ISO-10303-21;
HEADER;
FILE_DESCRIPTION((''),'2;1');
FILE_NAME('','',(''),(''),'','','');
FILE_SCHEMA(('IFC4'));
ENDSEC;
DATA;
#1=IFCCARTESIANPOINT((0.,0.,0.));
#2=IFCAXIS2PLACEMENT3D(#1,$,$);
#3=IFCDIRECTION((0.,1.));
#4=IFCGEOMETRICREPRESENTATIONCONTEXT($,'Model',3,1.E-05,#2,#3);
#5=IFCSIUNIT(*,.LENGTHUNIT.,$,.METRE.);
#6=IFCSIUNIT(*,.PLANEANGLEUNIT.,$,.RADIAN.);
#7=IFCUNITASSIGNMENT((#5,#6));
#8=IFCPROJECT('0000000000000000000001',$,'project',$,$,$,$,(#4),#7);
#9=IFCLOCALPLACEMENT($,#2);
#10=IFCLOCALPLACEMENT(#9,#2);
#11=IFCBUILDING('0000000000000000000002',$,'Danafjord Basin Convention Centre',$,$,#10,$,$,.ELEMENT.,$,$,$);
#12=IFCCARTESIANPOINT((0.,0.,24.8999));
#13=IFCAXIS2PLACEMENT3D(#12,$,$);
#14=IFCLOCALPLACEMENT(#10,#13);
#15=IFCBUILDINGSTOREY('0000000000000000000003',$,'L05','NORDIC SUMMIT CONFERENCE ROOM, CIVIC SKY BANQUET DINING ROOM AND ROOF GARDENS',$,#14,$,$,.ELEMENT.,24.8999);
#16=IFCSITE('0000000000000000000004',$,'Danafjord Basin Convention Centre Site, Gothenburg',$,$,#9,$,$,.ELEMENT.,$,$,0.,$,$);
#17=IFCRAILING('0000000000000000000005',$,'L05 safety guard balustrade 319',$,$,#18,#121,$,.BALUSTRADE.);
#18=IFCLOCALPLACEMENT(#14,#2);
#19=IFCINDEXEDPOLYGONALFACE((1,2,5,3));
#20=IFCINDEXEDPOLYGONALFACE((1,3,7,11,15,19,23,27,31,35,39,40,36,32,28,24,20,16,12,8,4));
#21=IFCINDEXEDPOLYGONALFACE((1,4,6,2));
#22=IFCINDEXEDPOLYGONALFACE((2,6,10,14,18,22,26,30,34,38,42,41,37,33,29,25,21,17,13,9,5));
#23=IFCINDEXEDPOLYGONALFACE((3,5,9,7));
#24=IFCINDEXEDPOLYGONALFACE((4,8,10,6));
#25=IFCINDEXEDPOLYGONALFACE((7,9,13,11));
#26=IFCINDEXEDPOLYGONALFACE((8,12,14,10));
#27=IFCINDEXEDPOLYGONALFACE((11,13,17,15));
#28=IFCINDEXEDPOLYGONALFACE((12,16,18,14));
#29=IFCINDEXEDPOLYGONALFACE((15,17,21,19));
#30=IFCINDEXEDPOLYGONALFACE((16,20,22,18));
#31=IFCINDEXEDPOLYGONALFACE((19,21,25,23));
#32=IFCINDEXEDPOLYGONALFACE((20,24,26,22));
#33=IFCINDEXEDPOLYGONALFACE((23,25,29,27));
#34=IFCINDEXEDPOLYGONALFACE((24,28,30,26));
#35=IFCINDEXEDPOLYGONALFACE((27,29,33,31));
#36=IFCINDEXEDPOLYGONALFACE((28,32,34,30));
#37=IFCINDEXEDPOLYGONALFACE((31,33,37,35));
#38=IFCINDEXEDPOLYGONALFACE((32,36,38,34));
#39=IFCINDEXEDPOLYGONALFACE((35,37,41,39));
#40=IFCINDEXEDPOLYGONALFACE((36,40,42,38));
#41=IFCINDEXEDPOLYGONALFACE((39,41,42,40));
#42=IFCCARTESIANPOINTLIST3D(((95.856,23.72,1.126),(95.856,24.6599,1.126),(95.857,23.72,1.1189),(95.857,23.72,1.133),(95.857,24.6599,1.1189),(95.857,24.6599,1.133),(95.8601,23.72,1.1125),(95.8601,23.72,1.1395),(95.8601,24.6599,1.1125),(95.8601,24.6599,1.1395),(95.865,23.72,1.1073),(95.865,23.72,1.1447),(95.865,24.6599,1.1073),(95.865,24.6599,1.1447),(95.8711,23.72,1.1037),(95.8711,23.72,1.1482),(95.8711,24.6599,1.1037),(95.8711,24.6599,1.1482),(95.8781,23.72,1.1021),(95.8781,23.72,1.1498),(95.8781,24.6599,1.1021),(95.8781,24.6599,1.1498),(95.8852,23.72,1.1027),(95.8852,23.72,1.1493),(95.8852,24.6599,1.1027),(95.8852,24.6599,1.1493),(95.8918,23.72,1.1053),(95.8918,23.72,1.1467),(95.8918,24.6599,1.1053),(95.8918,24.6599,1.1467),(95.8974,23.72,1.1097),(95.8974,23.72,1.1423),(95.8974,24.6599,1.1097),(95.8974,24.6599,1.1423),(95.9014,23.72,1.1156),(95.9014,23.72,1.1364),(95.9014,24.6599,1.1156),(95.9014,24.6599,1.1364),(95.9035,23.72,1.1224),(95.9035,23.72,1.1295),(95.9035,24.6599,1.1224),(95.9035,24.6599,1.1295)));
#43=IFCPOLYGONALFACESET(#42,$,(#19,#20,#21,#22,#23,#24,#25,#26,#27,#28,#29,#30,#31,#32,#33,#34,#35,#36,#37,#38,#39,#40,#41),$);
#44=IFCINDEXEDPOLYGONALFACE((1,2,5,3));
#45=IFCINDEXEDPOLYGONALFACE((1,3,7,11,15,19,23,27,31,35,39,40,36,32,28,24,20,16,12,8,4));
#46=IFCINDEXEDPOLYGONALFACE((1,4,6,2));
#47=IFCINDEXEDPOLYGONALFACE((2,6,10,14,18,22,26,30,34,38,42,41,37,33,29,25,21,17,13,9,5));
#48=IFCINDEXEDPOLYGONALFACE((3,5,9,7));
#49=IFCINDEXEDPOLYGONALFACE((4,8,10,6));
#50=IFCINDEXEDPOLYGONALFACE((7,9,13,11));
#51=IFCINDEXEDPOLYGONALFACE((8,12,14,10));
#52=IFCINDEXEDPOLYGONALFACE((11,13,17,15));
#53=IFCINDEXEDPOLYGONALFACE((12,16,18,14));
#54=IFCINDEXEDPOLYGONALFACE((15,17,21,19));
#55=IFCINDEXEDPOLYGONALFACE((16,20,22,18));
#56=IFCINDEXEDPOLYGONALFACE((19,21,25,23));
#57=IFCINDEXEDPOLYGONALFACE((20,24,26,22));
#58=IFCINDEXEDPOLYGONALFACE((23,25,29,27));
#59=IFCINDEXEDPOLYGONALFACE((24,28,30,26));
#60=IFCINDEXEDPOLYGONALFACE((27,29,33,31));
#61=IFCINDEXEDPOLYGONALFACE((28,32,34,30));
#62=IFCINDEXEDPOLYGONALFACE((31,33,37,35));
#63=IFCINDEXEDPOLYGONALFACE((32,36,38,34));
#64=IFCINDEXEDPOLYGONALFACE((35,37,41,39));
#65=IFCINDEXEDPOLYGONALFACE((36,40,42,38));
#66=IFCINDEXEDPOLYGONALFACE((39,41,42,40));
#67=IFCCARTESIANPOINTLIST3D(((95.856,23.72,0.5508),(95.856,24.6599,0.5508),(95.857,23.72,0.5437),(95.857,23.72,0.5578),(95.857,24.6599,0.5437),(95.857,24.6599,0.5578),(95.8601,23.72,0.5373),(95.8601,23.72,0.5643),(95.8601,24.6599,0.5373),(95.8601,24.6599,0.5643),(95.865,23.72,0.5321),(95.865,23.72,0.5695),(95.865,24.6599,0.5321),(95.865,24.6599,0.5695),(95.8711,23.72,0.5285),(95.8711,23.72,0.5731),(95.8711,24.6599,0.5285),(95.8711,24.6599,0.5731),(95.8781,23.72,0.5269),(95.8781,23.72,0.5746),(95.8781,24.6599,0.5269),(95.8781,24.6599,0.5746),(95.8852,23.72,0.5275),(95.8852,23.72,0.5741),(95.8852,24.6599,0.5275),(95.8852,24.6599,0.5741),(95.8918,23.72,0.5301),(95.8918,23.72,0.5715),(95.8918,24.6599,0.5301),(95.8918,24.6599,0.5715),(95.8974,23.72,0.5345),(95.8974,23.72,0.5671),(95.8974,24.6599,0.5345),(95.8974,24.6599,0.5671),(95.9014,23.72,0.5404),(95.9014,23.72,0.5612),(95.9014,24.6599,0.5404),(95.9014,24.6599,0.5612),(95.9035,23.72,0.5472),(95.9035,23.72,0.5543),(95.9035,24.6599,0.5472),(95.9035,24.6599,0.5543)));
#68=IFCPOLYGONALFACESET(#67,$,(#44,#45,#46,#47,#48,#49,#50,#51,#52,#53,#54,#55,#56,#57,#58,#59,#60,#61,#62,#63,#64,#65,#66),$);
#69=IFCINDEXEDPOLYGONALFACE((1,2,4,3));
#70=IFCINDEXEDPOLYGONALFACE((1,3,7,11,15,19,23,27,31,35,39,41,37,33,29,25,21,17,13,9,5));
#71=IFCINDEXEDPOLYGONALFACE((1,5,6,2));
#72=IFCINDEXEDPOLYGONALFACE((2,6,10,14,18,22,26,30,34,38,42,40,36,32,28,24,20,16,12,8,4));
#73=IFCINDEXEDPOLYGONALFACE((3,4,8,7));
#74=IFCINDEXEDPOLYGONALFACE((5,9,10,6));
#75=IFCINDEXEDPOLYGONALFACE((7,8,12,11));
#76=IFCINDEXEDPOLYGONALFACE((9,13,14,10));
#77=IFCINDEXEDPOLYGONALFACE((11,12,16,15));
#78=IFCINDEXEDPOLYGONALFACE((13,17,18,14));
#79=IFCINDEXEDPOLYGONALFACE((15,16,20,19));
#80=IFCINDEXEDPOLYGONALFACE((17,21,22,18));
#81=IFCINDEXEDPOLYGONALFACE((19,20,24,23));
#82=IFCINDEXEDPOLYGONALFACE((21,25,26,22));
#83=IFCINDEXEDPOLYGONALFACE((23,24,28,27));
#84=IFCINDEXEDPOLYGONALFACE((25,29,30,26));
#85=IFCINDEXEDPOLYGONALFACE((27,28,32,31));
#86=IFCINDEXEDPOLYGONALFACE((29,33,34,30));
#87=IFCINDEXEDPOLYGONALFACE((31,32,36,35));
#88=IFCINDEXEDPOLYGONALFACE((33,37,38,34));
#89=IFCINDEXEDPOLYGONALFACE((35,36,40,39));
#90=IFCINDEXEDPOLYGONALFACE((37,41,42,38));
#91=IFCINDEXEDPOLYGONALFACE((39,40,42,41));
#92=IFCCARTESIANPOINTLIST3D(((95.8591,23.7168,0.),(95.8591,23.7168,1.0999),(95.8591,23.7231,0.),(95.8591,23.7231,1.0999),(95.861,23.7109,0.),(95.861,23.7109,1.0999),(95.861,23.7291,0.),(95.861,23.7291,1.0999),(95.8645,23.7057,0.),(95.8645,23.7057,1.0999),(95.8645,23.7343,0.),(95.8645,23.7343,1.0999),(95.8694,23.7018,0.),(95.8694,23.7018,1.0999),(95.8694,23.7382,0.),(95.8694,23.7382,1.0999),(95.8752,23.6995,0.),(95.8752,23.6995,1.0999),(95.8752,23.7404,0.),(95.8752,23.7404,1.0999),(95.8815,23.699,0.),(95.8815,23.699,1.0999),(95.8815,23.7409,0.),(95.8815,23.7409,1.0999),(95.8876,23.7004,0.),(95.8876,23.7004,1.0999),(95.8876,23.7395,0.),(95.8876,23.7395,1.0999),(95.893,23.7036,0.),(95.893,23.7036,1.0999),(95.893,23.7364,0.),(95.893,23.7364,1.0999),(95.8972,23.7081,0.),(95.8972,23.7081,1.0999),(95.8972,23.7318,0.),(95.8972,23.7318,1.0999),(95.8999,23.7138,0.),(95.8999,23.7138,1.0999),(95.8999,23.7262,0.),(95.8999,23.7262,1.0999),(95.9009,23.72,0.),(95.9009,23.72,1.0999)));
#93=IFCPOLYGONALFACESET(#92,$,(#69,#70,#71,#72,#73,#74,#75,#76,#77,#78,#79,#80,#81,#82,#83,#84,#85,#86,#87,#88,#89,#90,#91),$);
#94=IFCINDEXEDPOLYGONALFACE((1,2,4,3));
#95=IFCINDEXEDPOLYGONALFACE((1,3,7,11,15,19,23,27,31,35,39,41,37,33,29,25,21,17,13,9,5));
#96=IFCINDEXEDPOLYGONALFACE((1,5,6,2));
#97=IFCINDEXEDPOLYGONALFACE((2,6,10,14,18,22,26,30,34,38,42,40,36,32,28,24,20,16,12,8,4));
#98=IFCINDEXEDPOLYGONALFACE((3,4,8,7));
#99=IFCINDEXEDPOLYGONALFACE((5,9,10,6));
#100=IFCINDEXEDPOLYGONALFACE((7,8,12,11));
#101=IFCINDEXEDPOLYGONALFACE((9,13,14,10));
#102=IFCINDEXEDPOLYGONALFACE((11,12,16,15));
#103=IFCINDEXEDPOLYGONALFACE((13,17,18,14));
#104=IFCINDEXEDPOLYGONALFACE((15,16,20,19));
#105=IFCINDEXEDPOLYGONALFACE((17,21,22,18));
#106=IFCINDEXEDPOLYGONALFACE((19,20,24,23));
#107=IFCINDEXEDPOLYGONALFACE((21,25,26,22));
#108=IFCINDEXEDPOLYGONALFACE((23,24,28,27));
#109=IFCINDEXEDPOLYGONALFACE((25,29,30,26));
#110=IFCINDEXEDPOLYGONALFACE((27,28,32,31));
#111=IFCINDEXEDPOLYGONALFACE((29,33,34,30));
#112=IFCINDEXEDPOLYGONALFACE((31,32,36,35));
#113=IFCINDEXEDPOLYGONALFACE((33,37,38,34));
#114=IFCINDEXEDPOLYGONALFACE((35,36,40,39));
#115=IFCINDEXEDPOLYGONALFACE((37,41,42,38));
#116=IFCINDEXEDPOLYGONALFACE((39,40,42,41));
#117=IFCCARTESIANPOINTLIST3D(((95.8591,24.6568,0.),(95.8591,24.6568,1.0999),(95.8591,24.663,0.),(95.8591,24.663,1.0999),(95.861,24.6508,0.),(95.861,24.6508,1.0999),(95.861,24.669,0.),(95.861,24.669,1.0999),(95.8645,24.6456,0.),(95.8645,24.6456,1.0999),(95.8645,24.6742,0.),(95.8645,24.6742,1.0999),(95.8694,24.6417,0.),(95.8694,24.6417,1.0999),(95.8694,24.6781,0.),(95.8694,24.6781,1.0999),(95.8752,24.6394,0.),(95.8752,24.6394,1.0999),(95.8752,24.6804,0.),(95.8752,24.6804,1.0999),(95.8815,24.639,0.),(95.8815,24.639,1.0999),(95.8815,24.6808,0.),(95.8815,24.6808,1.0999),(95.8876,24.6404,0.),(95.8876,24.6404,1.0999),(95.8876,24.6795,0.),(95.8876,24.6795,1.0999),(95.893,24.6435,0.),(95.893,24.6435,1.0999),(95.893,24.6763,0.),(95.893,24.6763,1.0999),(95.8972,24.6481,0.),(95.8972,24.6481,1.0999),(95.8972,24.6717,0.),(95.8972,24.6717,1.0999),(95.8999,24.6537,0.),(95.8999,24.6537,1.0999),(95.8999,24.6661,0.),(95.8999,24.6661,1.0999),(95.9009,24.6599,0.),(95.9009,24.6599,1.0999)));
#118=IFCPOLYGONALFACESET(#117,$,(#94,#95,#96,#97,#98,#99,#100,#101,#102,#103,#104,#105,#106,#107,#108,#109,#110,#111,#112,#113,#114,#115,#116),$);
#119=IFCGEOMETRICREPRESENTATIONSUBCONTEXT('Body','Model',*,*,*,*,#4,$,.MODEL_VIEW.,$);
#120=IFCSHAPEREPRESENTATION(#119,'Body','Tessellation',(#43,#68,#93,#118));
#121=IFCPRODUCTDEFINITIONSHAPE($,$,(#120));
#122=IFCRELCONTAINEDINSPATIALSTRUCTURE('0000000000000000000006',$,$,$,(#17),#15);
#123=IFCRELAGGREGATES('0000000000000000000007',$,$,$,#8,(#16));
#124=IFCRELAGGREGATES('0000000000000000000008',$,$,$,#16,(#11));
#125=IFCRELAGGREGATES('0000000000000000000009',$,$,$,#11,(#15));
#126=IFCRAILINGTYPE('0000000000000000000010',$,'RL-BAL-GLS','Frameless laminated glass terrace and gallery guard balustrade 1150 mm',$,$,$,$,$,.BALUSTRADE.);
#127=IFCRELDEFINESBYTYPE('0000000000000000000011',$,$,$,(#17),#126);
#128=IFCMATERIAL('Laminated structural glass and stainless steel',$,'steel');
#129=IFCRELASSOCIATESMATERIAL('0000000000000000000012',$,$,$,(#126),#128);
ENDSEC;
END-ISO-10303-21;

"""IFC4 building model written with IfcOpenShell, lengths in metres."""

from ifc_helpers import new_model, si_unit, direction, frame, origin, origin_2d, place, context, subcontext, project, spatial, circle, extrude, material, type_object, element, save


model = new_model("IFC4")

# Units and contexts
model_context = context("Model", 3, precision=1e-05, world=origin(), true_north=direction((0.0, 1.0)))
body_context = subcontext(model_context, "Body", "Model", "MODEL_VIEW")
ifc_project = project(units=[si_unit("LENGTHUNIT", "METRE"), si_unit("PLANEANGLEUNIT", "RADIAN")], contexts=[model_context])

# Site, building, storey
site_placement = place(None, origin())
site = spatial("IfcSite", under=ifc_project, at=site_placement, Name="Danafjord Basin Convention Centre Site, Gothenburg", CompositionType="ELEMENT", RefElevation=0.0)
building_placement = place(site_placement, origin())
building = spatial("IfcBuilding", under=site, at=building_placement, Name="Danafjord Basin Convention Centre", CompositionType="ELEMENT")
storey_placement = place(building_placement, frame((0.0, 0.0, 24.8999)))
storey = spatial("IfcBuildingStorey", under=building, at=storey_placement, Name="L05", Description="NORDIC SUMMIT CONFERENCE ROOM, CIVIC SKY BANQUET DINING ROOM AND ROOF GARDENS", CompositionType="ELEMENT", Elevation=24.8999)

# Railing
ifc_material_1 = material(Name="Laminated structural glass and stainless steel", Category="steel")
railing_type_1 = type_object("IfcRailingType", Name="RL-BAL-GLS", Description="Frameless laminated glass terrace and gallery guard balustrade 1150 mm", PredefinedType="BALUSTRADE", material=ifc_material_1)
railing_1_placement = place(storey_placement, frame((95.8799, 23.72, 0.0)))
element("IfcRailing", 1, at=railing_1_placement, inside=storey, type_object=railing_type_1, Name="L05 safety guard balustrade 319", PredefinedType="BALUSTRADE", context=body_context, shape_type="SweptSolid", body=[
    extrude(circle(Radius=0.0239, at=origin_2d()), frame((0.0, 0.0, 1.126), z_axis=(0.0, 1.0, 0.0), x_axis=(-1.0, 0.0, 0.0)), (0.0, 0.0, 1.0), 0.9399),
    extrude(circle(Radius=0.0239, at=origin_2d()), frame((0.0, 0.0, 0.5508), z_axis=(0.0, 1.0, 0.0), x_axis=(-1.0, 0.0, 0.0)), (0.0, 0.0, 1.0), 0.9399),
    extrude(circle(Radius=0.021, at=origin_2d()), origin(), (0.0, 0.0, 1.0), 1.0999),
    extrude(circle(Radius=0.021, at=origin_2d()), frame((0.0, 0.9399, 0.0)), (0.0, 0.0, 1.0), 1.0999),
])

save(model, "model.ifc")
